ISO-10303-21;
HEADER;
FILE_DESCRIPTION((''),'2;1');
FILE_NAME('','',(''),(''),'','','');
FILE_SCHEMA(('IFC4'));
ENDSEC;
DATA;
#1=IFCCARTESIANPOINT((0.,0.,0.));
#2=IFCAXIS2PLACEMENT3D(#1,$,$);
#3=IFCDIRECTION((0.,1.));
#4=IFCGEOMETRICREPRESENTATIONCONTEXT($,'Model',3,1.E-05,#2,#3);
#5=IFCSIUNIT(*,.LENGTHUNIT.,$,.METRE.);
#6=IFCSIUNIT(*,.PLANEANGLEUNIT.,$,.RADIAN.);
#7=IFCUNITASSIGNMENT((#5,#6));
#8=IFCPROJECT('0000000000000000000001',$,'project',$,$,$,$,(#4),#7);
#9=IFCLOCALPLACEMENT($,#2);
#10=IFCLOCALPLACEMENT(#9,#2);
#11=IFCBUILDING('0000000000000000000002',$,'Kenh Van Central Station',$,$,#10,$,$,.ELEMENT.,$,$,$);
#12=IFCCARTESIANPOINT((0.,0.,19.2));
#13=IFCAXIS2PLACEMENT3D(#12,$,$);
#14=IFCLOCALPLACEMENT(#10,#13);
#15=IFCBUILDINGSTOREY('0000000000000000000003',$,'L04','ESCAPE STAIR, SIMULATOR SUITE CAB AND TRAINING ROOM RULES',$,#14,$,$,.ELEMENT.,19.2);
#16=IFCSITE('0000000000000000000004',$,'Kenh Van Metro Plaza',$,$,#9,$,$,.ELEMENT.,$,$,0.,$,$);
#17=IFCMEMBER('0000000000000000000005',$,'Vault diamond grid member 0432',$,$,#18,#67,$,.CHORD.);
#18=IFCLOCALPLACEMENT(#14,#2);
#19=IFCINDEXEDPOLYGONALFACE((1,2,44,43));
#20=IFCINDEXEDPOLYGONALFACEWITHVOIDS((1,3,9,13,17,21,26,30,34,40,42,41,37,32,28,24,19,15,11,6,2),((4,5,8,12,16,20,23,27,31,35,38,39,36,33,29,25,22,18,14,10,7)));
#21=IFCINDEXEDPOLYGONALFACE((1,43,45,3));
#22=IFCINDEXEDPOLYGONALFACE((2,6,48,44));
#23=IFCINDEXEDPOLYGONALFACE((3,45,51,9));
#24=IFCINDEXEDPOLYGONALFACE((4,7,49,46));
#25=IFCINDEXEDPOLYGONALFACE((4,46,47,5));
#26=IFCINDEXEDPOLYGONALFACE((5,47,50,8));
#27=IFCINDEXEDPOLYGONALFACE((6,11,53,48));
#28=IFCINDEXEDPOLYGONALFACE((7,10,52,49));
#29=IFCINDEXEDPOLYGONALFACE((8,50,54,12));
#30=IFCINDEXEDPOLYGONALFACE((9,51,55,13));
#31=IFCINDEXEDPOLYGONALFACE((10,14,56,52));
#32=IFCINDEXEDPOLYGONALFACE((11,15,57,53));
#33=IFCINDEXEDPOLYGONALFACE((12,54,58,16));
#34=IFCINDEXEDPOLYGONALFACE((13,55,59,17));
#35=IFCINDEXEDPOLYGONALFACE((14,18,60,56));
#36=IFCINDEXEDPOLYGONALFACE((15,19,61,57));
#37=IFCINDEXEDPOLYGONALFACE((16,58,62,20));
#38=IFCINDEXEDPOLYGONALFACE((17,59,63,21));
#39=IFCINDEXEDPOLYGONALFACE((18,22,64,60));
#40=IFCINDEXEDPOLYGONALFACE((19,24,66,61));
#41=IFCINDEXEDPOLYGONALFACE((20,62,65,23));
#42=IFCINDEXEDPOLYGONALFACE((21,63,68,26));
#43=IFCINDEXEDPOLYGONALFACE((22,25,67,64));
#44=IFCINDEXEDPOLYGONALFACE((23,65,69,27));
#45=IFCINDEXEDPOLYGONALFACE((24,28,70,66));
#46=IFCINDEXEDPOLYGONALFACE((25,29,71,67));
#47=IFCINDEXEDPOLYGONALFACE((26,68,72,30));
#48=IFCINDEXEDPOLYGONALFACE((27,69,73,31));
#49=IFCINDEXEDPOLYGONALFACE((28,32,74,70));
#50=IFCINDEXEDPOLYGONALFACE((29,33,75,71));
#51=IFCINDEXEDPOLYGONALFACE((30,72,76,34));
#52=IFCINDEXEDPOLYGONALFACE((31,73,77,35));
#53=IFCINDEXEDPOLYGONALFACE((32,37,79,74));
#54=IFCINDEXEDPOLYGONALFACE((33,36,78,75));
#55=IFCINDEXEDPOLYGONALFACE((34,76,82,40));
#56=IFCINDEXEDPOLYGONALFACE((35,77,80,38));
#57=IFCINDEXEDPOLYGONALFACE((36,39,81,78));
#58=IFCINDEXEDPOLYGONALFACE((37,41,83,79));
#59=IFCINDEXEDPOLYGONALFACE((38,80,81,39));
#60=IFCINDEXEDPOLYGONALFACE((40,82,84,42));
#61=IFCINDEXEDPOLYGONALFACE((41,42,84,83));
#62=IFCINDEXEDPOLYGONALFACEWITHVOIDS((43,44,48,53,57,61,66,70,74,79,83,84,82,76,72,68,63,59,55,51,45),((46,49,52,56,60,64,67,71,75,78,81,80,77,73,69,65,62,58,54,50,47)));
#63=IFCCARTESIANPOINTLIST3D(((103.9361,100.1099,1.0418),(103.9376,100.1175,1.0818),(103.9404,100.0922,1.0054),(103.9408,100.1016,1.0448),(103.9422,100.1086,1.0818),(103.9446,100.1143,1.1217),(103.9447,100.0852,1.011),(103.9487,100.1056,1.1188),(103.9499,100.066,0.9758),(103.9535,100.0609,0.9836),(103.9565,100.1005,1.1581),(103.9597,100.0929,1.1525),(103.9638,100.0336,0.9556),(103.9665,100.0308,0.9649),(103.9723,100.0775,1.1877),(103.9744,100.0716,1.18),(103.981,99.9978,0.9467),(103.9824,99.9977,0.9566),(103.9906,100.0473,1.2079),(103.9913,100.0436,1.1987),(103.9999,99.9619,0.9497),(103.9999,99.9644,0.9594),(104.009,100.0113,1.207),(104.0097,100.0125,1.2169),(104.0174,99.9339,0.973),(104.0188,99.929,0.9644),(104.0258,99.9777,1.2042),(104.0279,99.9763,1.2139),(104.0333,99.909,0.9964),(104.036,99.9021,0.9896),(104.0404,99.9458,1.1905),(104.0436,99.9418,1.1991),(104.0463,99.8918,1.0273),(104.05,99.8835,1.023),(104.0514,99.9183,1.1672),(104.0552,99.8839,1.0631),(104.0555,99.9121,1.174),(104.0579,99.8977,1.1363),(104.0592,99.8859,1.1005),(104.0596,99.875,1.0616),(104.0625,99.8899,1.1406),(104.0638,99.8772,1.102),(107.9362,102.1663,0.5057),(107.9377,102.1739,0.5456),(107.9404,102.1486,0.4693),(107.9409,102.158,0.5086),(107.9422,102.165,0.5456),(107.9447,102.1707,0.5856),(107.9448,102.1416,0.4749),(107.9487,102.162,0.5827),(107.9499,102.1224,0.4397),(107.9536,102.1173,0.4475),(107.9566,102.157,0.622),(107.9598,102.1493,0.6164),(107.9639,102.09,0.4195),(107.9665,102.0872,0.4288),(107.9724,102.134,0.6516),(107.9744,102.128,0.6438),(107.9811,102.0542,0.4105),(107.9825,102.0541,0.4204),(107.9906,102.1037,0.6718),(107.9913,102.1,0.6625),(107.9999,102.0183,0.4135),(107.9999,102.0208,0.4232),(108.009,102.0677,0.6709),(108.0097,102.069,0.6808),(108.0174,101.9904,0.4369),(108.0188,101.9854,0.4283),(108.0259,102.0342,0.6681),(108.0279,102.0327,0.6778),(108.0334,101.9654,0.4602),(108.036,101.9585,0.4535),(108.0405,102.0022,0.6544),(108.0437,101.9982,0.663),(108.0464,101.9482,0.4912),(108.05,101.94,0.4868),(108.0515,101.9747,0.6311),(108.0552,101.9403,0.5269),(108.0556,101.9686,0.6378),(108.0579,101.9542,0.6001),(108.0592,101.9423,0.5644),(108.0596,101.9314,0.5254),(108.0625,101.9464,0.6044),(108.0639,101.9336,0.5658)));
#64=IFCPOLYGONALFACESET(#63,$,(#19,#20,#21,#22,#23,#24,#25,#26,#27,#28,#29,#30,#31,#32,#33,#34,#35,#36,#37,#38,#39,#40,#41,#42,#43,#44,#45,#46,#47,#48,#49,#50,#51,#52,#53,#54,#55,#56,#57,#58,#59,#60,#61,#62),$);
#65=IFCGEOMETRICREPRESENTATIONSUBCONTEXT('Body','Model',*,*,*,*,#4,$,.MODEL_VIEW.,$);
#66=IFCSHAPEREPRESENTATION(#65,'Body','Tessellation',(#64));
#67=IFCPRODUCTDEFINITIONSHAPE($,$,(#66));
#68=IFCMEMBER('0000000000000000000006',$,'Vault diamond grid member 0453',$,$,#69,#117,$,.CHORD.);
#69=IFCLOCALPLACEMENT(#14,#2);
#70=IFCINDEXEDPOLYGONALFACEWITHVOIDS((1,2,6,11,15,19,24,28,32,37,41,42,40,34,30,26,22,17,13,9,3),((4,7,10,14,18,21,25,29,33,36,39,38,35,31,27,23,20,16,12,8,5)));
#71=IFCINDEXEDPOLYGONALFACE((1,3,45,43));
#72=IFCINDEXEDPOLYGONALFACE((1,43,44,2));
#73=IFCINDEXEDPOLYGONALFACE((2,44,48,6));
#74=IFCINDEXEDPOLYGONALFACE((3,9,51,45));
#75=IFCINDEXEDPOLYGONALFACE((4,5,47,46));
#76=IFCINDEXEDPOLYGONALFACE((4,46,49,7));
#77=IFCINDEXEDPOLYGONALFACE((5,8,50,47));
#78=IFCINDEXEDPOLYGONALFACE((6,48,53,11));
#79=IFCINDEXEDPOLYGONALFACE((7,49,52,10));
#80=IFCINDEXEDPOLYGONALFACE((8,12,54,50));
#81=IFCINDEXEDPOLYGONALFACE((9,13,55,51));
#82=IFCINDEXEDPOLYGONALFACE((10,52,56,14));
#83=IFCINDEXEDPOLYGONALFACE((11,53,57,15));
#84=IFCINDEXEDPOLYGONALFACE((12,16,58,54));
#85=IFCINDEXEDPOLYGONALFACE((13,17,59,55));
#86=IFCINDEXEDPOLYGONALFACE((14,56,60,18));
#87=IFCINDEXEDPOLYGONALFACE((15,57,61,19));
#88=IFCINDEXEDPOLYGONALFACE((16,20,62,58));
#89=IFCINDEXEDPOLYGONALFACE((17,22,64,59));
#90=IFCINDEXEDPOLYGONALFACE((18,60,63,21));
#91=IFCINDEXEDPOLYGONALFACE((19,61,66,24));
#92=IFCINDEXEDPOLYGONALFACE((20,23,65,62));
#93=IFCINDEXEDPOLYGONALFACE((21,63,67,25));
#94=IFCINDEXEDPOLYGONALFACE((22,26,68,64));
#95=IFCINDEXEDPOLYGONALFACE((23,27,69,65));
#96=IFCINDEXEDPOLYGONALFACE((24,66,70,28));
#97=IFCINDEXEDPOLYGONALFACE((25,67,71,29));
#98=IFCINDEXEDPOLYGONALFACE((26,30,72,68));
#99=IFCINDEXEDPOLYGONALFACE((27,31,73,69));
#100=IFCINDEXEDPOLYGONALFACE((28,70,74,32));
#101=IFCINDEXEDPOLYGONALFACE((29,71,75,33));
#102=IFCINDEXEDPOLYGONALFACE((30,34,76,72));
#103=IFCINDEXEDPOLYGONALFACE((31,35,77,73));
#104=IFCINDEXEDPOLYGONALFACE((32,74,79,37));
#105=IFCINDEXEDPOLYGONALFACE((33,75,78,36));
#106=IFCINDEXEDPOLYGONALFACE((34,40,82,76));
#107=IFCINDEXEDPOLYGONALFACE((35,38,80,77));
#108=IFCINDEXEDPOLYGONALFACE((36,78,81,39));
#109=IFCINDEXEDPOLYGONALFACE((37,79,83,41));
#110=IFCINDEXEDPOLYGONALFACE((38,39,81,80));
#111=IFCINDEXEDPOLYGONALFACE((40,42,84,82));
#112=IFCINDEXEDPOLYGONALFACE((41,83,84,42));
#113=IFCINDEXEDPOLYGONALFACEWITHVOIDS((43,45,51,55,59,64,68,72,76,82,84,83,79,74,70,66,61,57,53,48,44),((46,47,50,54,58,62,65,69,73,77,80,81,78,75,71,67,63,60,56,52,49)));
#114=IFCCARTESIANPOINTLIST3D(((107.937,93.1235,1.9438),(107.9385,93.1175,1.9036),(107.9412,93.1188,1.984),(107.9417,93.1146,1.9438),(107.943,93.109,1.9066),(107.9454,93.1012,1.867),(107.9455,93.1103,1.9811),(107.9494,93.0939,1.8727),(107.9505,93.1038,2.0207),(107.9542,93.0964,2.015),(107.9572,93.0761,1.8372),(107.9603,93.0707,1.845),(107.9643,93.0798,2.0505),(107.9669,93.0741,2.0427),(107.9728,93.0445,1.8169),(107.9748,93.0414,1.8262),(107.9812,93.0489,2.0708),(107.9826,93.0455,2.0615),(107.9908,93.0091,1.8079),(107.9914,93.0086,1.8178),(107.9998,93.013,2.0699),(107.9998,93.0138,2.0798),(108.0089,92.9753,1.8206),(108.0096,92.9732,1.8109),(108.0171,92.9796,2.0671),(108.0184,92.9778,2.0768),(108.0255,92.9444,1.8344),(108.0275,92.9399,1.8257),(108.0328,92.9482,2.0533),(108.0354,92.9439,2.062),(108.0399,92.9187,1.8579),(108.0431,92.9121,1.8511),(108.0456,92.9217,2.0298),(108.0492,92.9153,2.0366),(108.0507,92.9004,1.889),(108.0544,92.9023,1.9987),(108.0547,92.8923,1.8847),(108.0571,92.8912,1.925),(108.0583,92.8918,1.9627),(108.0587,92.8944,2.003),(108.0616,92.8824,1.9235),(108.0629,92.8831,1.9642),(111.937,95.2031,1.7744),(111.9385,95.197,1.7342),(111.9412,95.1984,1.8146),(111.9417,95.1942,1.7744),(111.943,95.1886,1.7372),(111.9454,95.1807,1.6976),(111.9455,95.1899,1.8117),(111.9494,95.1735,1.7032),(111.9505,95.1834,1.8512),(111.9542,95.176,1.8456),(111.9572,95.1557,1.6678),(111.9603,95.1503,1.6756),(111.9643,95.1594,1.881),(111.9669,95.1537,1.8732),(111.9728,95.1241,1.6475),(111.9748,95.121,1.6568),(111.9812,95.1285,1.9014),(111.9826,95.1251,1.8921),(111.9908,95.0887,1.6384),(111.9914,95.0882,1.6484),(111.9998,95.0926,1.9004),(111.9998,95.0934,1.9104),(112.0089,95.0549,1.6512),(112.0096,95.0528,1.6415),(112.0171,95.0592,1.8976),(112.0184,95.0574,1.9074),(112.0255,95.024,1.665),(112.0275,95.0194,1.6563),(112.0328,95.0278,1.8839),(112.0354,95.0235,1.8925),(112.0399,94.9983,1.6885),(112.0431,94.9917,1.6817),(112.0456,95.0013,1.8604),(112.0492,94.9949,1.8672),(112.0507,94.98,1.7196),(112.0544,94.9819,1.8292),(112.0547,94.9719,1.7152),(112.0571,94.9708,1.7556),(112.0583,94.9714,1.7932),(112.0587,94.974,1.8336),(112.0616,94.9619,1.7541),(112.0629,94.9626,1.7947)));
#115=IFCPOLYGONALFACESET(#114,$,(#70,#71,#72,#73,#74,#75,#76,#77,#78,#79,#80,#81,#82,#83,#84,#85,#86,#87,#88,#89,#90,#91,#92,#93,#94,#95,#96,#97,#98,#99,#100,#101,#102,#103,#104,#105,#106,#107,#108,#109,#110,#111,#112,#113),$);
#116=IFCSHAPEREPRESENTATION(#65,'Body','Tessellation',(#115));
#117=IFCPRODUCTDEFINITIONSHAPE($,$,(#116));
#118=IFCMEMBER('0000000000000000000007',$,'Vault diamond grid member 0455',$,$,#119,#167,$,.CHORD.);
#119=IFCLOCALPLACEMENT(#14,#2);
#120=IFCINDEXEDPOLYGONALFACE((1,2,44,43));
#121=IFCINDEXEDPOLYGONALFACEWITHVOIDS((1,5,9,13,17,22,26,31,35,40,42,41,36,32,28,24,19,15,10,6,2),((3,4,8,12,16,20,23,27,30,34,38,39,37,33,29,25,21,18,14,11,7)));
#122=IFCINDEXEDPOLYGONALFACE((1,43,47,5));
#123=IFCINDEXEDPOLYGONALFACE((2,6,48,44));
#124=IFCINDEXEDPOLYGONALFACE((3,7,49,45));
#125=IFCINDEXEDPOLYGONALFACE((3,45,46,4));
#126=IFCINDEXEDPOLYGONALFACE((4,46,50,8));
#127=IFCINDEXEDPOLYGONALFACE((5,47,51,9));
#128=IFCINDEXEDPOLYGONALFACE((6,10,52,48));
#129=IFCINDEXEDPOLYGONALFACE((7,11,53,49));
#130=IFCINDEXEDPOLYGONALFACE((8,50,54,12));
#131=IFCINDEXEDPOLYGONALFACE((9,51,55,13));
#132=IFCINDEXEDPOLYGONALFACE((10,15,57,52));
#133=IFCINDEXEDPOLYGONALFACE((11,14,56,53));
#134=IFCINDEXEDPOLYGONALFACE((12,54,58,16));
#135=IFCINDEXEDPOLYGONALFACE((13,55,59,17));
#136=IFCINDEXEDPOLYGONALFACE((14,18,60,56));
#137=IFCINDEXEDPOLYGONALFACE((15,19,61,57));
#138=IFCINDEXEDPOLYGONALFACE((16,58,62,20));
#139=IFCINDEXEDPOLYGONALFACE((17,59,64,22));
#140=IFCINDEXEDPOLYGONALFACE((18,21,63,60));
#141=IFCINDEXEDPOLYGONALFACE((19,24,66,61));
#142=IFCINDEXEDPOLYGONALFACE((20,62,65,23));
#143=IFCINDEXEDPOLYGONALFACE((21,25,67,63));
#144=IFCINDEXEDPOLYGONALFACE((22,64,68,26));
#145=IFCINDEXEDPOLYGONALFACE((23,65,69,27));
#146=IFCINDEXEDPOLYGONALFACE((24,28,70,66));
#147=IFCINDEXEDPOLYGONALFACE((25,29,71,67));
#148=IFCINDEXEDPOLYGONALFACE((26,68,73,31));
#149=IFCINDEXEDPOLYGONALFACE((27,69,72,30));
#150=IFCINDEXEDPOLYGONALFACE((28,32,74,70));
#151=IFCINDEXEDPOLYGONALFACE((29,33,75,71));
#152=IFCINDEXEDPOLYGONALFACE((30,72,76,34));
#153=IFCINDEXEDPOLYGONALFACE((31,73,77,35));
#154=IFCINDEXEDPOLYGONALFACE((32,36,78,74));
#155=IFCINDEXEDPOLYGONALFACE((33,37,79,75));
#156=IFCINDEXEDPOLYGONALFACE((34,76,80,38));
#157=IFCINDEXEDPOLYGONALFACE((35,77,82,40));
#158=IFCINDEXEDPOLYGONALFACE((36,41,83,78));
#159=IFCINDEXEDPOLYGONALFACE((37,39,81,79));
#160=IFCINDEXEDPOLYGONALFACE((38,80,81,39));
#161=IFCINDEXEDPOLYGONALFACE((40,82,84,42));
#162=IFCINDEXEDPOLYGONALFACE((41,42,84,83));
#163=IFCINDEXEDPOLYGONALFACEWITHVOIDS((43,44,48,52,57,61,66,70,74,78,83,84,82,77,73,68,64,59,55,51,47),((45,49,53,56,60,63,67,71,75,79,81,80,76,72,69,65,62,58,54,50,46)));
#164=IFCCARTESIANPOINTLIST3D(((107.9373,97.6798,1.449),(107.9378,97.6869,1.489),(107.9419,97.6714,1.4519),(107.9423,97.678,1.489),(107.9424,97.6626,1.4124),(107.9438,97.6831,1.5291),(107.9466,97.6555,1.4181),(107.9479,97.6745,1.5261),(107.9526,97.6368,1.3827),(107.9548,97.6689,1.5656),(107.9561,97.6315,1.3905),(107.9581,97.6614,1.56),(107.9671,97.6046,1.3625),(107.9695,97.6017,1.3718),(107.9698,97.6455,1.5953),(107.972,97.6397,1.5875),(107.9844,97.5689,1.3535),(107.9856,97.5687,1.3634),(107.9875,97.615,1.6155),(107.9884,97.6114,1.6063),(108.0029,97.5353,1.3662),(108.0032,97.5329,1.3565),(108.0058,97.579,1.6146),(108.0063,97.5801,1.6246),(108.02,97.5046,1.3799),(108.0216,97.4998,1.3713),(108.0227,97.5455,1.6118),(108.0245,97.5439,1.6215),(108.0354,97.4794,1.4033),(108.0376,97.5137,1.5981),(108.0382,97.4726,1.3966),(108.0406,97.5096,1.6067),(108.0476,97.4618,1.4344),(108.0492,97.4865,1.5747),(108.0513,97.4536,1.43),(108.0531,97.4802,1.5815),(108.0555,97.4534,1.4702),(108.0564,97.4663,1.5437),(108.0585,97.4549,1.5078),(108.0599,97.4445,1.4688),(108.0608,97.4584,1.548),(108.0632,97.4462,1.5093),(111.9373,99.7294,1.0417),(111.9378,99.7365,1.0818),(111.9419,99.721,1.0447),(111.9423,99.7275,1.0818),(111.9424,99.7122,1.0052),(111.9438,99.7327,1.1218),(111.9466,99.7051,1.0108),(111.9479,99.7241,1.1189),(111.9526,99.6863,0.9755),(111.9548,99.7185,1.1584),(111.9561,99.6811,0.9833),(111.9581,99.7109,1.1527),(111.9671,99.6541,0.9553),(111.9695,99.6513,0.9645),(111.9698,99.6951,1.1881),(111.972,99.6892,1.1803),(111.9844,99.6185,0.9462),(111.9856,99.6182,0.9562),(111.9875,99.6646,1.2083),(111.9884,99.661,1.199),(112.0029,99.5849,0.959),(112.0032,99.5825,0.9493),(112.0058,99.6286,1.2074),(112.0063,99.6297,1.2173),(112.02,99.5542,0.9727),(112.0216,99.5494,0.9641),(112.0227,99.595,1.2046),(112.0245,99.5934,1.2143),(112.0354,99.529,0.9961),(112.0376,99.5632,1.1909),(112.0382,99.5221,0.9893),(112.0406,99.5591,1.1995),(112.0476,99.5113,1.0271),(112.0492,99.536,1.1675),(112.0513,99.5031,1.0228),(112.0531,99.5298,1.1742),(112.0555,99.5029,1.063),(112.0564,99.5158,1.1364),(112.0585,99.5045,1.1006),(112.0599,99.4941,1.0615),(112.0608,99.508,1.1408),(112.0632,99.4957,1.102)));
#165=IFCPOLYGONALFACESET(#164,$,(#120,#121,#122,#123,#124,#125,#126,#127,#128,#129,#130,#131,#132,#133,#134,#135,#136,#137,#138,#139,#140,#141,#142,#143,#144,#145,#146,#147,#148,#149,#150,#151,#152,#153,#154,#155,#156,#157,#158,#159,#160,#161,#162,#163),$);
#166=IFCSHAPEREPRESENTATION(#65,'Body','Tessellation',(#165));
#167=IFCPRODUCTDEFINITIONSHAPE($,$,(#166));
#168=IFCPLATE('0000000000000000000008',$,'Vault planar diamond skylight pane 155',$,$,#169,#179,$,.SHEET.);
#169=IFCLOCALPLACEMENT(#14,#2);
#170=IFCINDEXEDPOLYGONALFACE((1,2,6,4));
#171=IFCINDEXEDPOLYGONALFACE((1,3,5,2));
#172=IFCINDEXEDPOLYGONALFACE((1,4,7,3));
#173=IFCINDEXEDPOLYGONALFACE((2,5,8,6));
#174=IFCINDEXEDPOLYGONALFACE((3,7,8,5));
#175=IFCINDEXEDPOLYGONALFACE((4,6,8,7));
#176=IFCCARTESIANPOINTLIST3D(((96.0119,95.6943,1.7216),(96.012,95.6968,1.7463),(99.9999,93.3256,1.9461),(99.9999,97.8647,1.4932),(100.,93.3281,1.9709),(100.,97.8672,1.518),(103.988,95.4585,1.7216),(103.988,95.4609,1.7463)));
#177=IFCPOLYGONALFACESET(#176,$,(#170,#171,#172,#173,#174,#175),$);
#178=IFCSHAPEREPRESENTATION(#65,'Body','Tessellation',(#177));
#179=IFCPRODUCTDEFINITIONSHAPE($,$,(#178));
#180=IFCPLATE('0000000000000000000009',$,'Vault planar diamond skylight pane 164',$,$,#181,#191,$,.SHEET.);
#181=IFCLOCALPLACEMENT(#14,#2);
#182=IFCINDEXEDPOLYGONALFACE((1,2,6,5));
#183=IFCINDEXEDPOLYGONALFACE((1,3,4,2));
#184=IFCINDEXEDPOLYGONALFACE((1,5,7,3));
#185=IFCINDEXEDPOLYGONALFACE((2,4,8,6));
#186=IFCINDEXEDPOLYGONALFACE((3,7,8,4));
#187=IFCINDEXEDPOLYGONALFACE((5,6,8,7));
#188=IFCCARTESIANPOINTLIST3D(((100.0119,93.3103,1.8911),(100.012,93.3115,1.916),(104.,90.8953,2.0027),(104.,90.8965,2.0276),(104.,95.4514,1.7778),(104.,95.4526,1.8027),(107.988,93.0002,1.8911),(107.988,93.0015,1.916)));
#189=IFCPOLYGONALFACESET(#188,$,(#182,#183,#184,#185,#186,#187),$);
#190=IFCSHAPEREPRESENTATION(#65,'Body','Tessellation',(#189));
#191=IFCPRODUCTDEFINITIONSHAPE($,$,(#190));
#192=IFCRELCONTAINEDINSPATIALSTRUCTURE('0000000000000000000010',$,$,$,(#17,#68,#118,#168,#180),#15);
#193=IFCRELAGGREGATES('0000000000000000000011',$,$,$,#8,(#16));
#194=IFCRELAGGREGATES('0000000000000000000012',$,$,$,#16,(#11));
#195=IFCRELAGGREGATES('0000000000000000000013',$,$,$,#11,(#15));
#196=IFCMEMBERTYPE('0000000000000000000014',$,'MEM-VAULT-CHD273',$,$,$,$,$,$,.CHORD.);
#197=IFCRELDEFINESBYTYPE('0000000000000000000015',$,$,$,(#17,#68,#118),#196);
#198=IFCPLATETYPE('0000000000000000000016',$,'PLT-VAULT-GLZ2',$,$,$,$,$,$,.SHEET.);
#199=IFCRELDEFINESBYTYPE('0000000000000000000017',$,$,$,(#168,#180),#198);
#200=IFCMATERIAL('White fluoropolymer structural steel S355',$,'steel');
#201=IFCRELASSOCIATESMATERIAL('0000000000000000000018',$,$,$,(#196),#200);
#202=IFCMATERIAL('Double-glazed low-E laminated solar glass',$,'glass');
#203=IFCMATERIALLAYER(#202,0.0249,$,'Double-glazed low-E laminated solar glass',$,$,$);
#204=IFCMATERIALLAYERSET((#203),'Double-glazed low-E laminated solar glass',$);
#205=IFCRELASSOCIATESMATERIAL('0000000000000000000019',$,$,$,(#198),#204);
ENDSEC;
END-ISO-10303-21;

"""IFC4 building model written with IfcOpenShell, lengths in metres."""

from ifc_helpers import new_model, si_unit, direction, frame, origin, origin_2d, place, context, subcontext, project, spatial, polyline, hollow_circle, outline, extrude, material, layer, layer_set, material_profile, profile_set, type_object, element, save


model = new_model("IFC4")

# Units and contexts
model_context = context("Model", 3, precision=1e-05, world=origin(), true_north=direction((0.0, 1.0)))
body_context = subcontext(model_context, "Body", "Model", "MODEL_VIEW")
ifc_project = project(units=[si_unit("LENGTHUNIT", "METRE"), si_unit("PLANEANGLEUNIT", "RADIAN")], contexts=[model_context])

# Site, building, storey
site_placement = place(None, origin())
site = spatial("IfcSite", under=ifc_project, at=site_placement, Name="Kenh Van Metro Plaza", CompositionType="ELEMENT", RefElevation=0.0)
building_placement = place(site_placement, origin())
building = spatial("IfcBuilding", under=site, at=building_placement, Name="Kenh Van Central Station", CompositionType="ELEMENT")
storey_placement = place(building_placement, frame((0.0, 0.0, 19.2)))
storey = spatial("IfcBuildingStorey", under=building, at=storey_placement, Name="L04", Description="ESCAPE STAIR, SIMULATOR SUITE CAB AND TRAINING ROOM RULES", CompositionType="ELEMENT", Elevation=19.2)

# Shared definitions
ifc_material_1 = material(Name="White fluoropolymer structural steel S355", Category="steel")

# Members
ifc_material_profile_1 = material_profile(ifc_material_1, hollow_circle(Radius=0.1365, WallThickness=0.01, at=origin_2d()), Name="CHS 273x10")
ifc_profile_set_1 = profile_set([ifc_material_profile_1], Name="White fluoropolymer structural steel S355")
member_type_1 = type_object("IfcMemberType", Name="MEM-VAULT-CHD273", PredefinedType="CHORD", material=ifc_profile_set_1)
member_1_placement = place(storey_placement, frame((104.0, 99.9961, 1.0818), z_axis=(0.883103, 0.454003, -0.118365), x_axis=(-0.457217, 0.889355, 0.0)))
element("IfcMember", 1, at=member_1_placement, inside=storey, type_object=member_type_1, Name="Vault diamond grid member 0432", PredefinedType="CHORD", context=body_context, shape_type="SweptSolid", body=[
    extrude(hollow_circle(Radius=0.1365, WallThickness=0.01, at=origin_2d()), origin(), (0.0, 0.0, 1.0), 4.5295),
])
member_2_placement = place(storey_placement, frame((108.0, 93.0024, 1.9438), z_axis=(0.886628, 0.460956, -0.037556), x_axis=(-0.461281, 0.887254, 0.0)))
element("IfcMember", 2, at=member_2_placement, inside=storey, type_object=member_type_1, Name="Vault diamond grid member 0453", PredefinedType="CHORD", context=body_context, shape_type="SweptSolid", body=[
    extrude(hollow_circle(Radius=0.1365, WallThickness=0.01, at=origin_2d()), origin(), (0.0, 0.0, 1.0), 4.5115),
])
member_3_placement = place(storey_placement, frame((108.0, 97.5654, 1.489), z_axis=(0.886342, 0.454153, -0.090236), x_axis=(-0.456013, 0.889973, 0.0)))
element("IfcMember", 3, at=member_3_placement, inside=storey, type_object=member_type_1, Name="Vault diamond grid member 0455", PredefinedType="CHORD", context=body_context, shape_type="SweptSolid", body=[
    extrude(hollow_circle(Radius=0.1365, WallThickness=0.01, at=origin_2d()), origin(), (0.0, 0.0, 1.0), 4.5129),
])

# Plates
ifc_material_2 = material(Name="Double-glazed low-E laminated solar glass", Category="glass")
ifc_layer_1 = layer(ifc_material_2, 0.0249, Name="Double-glazed low-E laminated solar glass")
ifc_layer_set_1 = layer_set([ifc_layer_1], Name="Double-glazed low-E laminated solar glass")
plate_type_1 = type_object("IfcPlateType", Name="PLT-VAULT-GLZ2", PredefinedType="SHEET", material=ifc_layer_set_1)
plate_1_placement = place(storey_placement, frame((96.012, 95.6968, 1.7463), z_axis=(0.002936, 0.099281, 0.995055), x_axis=(0.858777, -0.510062, 0.048357)))
element("IfcPlate", 4, at=plate_1_placement, inside=storey, type_object=plate_type_1, Name="Vault planar diamond skylight pane 155", PredefinedType="SHEET", context=body_context, shape_type="SweptSolid", body=[
    extrude(outline(polyline([(0.0, 0.0), (4.6439, 0.0), (6.97, 3.885), (2.3068, 3.9174), (0.0, 0.0)])), origin(), (0.0, 0.0, -1.0), 0.0249),
])
plate_2_placement = place(storey_placement, frame((100.012, 93.3115, 1.916), z_axis=(0.001916, 0.049292, 0.998783), x_axis=(0.855139, -0.517847, 0.023916)))
element("IfcPlate", 5, at=plate_2_placement, inside=storey, type_object=plate_type_1, Name="Vault planar diamond skylight pane 164", PredefinedType="SHEET", context=body_context, shape_type="SweptSolid", body=[
    extrude(outline(polyline([(0.0, 0.0), (4.6636, 0.0), (6.9812, 3.87), (2.2988, 3.9009), (0.0, 0.0)])), origin(), (0.0, 0.0, -1.0), 0.0249),
])

save(model, "model.ifc")
